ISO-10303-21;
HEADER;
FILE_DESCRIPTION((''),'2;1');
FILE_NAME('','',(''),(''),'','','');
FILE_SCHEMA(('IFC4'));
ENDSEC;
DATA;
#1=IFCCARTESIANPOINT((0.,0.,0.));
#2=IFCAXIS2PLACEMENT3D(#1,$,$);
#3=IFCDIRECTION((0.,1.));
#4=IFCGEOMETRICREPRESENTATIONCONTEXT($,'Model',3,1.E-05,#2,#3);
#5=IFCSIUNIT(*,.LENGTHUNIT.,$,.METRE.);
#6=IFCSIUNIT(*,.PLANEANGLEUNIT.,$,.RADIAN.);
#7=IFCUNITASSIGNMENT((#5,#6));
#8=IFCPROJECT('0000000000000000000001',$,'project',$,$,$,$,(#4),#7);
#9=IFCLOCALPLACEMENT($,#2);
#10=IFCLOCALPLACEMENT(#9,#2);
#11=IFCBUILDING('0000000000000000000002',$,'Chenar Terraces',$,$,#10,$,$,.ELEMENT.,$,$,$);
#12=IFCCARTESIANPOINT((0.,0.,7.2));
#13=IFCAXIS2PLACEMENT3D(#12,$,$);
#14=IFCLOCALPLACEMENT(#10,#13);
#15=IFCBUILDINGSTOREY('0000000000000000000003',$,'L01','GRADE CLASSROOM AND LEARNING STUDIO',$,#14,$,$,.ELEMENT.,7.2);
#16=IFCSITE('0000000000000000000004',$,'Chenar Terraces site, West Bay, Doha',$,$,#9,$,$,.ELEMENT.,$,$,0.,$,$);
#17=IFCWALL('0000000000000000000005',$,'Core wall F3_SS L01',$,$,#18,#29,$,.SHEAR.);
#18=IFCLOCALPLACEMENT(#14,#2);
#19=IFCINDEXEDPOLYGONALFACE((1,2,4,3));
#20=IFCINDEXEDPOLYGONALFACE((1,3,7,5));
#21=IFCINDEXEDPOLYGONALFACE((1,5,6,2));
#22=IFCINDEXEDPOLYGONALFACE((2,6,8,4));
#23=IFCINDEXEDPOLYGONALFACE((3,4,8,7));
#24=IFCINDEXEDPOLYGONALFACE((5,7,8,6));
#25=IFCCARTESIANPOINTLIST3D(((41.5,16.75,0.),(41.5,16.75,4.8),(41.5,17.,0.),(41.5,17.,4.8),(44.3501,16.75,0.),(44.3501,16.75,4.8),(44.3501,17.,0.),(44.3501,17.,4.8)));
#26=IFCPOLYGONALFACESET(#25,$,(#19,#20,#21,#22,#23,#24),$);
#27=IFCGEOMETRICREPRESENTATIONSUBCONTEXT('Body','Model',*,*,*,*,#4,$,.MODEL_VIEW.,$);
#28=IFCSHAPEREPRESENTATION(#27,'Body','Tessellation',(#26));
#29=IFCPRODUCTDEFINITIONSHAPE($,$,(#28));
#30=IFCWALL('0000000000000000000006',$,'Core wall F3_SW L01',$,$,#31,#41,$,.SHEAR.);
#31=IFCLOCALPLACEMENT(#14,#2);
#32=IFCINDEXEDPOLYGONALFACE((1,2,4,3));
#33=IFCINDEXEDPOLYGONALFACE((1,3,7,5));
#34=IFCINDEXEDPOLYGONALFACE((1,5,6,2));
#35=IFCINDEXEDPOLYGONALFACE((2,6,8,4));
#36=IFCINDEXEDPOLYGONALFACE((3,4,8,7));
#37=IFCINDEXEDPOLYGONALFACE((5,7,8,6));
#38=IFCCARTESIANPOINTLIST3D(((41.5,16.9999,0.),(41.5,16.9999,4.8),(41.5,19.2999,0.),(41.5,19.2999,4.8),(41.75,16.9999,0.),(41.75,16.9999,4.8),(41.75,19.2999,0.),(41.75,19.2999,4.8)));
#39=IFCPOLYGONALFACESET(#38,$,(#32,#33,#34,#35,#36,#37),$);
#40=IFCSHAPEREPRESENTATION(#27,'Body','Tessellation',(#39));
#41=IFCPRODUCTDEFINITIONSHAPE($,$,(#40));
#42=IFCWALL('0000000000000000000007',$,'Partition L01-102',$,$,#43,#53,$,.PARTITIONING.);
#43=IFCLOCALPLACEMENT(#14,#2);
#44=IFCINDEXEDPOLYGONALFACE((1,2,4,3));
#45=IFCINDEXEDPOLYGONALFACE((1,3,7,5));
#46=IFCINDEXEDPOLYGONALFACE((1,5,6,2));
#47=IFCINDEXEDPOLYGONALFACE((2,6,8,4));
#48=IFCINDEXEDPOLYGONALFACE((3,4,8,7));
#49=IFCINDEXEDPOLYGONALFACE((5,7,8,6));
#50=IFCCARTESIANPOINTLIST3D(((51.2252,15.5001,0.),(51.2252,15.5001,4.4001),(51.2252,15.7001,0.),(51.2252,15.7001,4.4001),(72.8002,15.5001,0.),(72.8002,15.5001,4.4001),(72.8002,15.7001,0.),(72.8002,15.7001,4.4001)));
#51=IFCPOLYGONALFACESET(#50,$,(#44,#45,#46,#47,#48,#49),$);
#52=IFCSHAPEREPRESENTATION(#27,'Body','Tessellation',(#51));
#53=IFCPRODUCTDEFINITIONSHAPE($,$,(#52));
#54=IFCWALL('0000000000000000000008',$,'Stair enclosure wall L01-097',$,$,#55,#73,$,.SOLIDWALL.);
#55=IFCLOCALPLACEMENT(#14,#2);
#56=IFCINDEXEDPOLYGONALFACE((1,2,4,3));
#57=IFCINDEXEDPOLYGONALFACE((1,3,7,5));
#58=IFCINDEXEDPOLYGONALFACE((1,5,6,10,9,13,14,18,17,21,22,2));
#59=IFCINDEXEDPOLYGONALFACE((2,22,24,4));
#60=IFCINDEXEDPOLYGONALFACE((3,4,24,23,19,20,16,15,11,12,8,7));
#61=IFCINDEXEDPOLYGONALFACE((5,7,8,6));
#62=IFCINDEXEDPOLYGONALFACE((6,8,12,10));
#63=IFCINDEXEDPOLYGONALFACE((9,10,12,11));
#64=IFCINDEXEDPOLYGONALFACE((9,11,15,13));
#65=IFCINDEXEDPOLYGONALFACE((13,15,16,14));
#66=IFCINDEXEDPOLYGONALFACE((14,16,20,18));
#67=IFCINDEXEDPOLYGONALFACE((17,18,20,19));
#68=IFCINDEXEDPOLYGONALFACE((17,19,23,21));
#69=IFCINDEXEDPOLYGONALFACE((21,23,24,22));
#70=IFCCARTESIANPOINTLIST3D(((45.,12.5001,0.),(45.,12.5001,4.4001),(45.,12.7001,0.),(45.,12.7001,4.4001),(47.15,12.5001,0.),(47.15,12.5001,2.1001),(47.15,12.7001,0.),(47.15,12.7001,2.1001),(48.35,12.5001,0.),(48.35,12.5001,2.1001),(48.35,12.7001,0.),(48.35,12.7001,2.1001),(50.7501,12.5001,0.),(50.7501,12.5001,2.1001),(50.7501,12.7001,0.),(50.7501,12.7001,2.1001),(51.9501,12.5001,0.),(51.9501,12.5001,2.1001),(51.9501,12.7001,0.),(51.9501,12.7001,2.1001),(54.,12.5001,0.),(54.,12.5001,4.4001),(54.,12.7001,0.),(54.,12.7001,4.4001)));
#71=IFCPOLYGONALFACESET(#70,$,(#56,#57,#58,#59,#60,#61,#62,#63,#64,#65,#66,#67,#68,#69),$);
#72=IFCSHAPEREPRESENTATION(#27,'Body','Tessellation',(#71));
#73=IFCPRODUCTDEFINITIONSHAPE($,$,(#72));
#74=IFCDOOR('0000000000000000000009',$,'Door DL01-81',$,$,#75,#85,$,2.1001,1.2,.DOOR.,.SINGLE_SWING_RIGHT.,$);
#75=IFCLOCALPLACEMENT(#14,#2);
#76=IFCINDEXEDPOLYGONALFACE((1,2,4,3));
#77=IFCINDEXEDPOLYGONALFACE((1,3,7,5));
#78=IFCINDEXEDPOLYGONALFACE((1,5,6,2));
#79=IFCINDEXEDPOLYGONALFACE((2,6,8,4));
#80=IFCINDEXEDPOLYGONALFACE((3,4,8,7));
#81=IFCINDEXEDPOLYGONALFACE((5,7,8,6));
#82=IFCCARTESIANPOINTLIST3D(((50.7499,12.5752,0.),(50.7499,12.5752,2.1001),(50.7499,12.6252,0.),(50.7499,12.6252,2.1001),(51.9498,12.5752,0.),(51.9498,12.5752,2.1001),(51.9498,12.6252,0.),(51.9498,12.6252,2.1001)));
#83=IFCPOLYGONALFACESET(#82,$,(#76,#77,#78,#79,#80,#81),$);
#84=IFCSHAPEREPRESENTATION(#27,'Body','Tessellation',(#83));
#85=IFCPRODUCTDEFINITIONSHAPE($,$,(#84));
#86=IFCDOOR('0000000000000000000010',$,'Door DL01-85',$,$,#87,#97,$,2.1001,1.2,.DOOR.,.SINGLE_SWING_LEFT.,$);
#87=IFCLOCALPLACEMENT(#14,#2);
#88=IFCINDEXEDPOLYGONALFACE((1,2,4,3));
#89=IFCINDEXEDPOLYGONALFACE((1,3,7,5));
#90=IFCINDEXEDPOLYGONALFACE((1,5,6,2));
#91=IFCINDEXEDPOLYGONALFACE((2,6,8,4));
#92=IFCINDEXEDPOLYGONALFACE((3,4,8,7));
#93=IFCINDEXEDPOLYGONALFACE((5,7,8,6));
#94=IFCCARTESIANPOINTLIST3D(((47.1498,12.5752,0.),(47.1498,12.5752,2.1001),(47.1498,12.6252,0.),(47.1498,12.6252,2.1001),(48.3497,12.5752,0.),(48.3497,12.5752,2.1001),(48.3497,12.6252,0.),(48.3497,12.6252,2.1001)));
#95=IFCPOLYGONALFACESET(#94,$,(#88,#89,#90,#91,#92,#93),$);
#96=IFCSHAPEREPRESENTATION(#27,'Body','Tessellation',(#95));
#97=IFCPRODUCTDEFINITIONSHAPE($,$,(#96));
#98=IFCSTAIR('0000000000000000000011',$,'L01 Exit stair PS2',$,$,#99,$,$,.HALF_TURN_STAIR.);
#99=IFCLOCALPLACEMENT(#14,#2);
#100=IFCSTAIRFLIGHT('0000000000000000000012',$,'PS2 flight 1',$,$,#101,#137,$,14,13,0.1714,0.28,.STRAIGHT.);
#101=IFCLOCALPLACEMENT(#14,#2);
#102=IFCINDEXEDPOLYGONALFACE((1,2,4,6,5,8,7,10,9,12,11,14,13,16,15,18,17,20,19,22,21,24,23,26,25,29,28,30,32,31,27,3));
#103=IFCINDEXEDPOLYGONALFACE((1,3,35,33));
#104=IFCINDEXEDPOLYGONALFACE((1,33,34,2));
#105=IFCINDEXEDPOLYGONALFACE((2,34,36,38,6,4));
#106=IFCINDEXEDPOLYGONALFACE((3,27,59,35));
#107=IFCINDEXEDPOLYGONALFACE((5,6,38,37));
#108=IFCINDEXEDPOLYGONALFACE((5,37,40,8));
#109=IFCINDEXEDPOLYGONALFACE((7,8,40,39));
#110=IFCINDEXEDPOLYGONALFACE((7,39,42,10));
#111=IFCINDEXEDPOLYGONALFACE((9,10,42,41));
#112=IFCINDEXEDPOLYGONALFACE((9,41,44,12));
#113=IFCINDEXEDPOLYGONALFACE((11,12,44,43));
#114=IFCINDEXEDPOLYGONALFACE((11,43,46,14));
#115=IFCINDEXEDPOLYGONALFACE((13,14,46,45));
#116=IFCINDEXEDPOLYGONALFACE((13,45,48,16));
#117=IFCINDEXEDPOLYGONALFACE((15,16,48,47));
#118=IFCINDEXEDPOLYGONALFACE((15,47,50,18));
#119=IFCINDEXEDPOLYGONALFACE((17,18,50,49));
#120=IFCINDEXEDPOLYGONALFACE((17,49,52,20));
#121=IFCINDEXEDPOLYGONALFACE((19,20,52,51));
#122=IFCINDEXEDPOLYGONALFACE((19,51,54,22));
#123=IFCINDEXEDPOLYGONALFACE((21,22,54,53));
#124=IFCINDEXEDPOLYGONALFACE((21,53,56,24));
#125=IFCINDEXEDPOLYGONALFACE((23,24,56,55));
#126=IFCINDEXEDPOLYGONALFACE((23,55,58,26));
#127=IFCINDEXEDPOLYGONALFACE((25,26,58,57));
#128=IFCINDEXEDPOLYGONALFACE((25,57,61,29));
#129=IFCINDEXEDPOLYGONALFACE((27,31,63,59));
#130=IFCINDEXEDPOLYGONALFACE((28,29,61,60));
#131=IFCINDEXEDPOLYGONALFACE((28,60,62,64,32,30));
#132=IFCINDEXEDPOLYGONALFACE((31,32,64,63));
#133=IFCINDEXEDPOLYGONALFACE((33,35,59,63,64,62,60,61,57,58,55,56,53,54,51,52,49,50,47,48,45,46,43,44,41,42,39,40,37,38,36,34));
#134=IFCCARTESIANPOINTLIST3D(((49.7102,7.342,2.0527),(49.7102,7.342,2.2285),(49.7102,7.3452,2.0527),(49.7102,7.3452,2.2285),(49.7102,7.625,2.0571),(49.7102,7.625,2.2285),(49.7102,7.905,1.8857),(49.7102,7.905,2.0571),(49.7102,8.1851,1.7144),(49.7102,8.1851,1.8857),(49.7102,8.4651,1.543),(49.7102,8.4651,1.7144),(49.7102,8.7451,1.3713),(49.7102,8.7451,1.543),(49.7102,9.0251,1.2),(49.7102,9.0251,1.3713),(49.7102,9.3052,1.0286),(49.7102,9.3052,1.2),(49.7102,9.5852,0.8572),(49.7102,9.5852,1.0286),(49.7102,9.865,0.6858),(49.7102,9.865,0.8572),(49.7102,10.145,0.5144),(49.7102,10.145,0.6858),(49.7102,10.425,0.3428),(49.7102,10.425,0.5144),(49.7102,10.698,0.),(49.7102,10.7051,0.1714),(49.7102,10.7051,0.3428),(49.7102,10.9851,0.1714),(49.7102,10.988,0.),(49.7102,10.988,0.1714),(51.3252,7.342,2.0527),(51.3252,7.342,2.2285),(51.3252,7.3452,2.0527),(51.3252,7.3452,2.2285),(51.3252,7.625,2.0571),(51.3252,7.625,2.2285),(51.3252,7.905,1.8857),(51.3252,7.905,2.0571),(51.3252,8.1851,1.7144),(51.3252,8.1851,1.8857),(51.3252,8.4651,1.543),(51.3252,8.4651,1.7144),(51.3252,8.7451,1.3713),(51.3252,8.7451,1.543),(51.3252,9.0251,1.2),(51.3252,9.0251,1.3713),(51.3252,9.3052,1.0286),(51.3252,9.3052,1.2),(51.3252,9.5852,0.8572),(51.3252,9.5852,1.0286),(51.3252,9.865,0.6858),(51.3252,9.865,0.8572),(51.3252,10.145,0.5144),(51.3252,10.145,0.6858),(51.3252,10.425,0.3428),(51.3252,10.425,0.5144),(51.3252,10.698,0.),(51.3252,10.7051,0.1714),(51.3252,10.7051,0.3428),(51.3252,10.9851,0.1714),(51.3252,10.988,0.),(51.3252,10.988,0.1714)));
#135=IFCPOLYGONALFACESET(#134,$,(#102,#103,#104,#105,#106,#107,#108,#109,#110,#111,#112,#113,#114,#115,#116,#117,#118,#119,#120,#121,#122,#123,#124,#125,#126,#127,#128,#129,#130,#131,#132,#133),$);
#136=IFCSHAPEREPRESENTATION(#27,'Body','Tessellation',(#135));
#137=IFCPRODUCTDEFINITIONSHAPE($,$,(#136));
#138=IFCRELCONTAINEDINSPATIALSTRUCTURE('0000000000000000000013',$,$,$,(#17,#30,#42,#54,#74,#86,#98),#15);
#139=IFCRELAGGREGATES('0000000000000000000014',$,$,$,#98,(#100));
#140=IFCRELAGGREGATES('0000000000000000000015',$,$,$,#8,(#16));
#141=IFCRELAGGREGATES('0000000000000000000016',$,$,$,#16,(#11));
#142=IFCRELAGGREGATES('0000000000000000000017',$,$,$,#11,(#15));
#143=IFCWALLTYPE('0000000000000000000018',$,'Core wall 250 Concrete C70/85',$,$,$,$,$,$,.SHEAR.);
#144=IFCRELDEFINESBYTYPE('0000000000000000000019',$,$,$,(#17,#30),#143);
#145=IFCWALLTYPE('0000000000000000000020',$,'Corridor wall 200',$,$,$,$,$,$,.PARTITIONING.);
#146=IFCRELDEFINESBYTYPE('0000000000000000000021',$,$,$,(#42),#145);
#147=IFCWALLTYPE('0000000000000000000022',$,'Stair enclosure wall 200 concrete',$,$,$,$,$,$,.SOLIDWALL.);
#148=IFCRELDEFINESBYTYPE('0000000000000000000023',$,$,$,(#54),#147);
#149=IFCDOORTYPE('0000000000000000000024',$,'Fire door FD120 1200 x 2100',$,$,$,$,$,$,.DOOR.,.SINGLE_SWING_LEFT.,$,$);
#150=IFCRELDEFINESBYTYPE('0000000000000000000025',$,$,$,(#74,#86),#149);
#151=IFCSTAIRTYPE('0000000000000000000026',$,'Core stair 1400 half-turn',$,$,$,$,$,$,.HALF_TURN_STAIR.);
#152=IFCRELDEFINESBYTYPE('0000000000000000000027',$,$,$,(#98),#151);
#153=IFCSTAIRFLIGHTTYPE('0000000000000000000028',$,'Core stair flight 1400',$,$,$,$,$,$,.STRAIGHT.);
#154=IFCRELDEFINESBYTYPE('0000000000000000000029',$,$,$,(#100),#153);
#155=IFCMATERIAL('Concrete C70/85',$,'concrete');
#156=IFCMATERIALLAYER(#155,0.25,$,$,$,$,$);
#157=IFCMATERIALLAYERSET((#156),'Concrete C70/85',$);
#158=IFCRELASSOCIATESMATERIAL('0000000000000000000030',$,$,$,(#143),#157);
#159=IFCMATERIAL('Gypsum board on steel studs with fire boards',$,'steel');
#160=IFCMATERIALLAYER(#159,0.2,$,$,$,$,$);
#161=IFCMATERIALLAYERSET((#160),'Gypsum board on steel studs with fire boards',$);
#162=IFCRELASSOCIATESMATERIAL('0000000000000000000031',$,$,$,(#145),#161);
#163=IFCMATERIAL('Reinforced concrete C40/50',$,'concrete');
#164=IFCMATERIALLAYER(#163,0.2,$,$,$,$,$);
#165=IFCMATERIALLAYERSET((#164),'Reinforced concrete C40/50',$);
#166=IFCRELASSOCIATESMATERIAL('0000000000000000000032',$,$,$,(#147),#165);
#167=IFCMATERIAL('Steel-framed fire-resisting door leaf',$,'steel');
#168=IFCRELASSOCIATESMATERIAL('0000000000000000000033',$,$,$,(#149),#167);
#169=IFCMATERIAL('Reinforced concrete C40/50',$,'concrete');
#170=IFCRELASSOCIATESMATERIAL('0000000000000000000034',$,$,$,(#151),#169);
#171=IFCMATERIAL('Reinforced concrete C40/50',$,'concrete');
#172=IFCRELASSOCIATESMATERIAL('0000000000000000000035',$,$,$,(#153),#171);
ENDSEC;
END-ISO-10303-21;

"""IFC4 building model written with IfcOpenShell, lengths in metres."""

from ifc_helpers import new_model, si_unit, direction, frame, frame_2d, origin, place, context, subcontext, project, spatial, polyline, rectangle, outline, extrude, material, layer, layer_set, type_object, element, fill, aggregate, save


model = new_model("IFC4")

# Units and contexts
model_context = context("Model", 3, precision=1e-05, world=origin(), true_north=direction((0.0, 1.0)))
body_context = subcontext(model_context, "Body", "Model", "MODEL_VIEW")
ifc_project = project(units=[si_unit("LENGTHUNIT", "METRE"), si_unit("PLANEANGLEUNIT", "RADIAN")], contexts=[model_context])

# Site, building, storey
site_placement = place(None, origin())
site = spatial("IfcSite", under=ifc_project, at=site_placement, Name="Chenar Terraces site, West Bay, Doha", CompositionType="ELEMENT", RefElevation=0.0)
building_placement = place(site_placement, origin())
building = spatial("IfcBuilding", under=site, at=building_placement, Name="Chenar Terraces", CompositionType="ELEMENT")
storey_placement = place(building_placement, frame((0.0, 0.0, 7.2)))
storey = spatial("IfcBuildingStorey", under=building, at=storey_placement, Name="L01", Description="GRADE CLASSROOM AND LEARNING STUDIO", CompositionType="ELEMENT", Elevation=7.2)

# Shared definitions
ifc_material_1 = material(Name="Concrete C70/85", Category="concrete")
ifc_layer_1 = layer(ifc_material_1, 0.25)
ifc_layer_set_1 = layer_set([ifc_layer_1], Name="Concrete C70/85")
wall_type_1 = type_object("IfcWallType", Name="Core wall 250 Concrete C70/85", PredefinedType="SHEAR", material=ifc_layer_set_1)

# Walls
wall_1_placement = place(storey_placement, frame((41.5, 16.875, 0.0), z_axis=(0.0, 0.0, 1.0), x_axis=(1.0, 0.0, 0.0)))
element("IfcWall", 1, at=wall_1_placement, inside=storey, type_object=wall_type_1, Name="Core wall F3_SS L01", PredefinedType="SHEAR", context=body_context, shape_type="SweptSolid", body=[
    extrude(rectangle(XDim=2.8501, YDim=0.25, at=frame_2d((1.425, 0.0))), origin(), (0.0, 0.0, 1.0), 4.8),
])
wall_2_placement = place(storey_placement, frame((41.625, 17.0, 0.0), z_axis=(0.0, 0.0, 1.0), x_axis=(0.0, 1.0, 0.0)))
element("IfcWall", 2, at=wall_2_placement, inside=storey, type_object=wall_type_1, Name="Core wall F3_SW L01", PredefinedType="SHEAR", context=body_context, shape_type="SweptSolid", body=[
    extrude(rectangle(XDim=2.3, YDim=0.25, at=frame_2d((1.1499, 0.0))), origin(), (0.0, 0.0, 1.0), 4.8),
])
ifc_material_2 = material(Name="Gypsum board on steel studs with fire boards", Category="steel")
ifc_layer_2 = layer(ifc_material_2, 0.2)
ifc_layer_set_2 = layer_set([ifc_layer_2], Name="Gypsum board on steel studs with fire boards")
wall_type_2 = type_object("IfcWallType", Name="Corridor wall 200", PredefinedType="PARTITIONING", material=ifc_layer_set_2)
wall_3_placement = place(storey_placement, frame((51.2251, 15.6001, 0.0), z_axis=(0.0, 0.0, 1.0), x_axis=(1.0, 0.0, 0.0)))
element("IfcWall", 3, at=wall_3_placement, inside=storey, type_object=wall_type_2, Name="Partition L01-102", PredefinedType="PARTITIONING", context=body_context, shape_type="SweptSolid", body=[
    extrude(rectangle(XDim=21.575, YDim=0.2, at=frame_2d((10.7876, 0.0))), origin(), (0.0, 0.0, 1.0), 4.4001),
])

# Wall, openings, doors
ifc_material_3 = material(Name="Reinforced concrete C40/50", Category="concrete")
ifc_layer_3 = layer(ifc_material_3, 0.2)
ifc_layer_set_3 = layer_set([ifc_layer_3], Name="Reinforced concrete C40/50")
wall_type_3 = type_object("IfcWallType", Name="Stair enclosure wall 200 concrete", PredefinedType="SOLIDWALL", material=ifc_layer_set_3)
wall_4_placement = place(storey_placement, frame((45.0, 12.6001, 0.0), z_axis=(0.0, 0.0, 1.0), x_axis=(1.0, 0.0, 0.0)))
wall_4 = element("IfcWall", 4, at=wall_4_placement, inside=storey, type_object=wall_type_3, Name="Stair enclosure wall L01-097", PredefinedType="SOLIDWALL", context=body_context, shape_type="SweptSolid", body=[
    extrude(rectangle(XDim=9.0, YDim=0.2, at=frame_2d((4.5, 0.0))), origin(), (0.0, 0.0, 1.0), 4.4001),
])
opening_1_placement = place(wall_4_placement, frame((5.75, 0.0, 0.0)))
opening_1 = element("IfcOpeningElement", 5, at=opening_1_placement, cuts=wall_4, PredefinedType="OPENING", context=body_context, shape_type="SweptSolid", body=[
    extrude(rectangle(XDim=1.2, YDim=2.1001, at=frame_2d((0.6001, 1.05))), frame((0.0, 0.1099, 0.0), z_axis=(0.0, -1.0, 0.0), x_axis=(1.0, 0.0, 0.0)), (0.0, 0.0, 1.0), 0.22),
])
opening_2_placement = place(wall_4_placement, frame((2.1499, 0.0, 0.0)))
opening_2 = element("IfcOpeningElement", 6, at=opening_2_placement, cuts=wall_4, PredefinedType="OPENING", context=body_context, shape_type="SweptSolid", body=[
    extrude(rectangle(XDim=1.2, YDim=2.1001, at=frame_2d((0.6001, 1.05))), frame((0.0, 0.1099, 0.0), z_axis=(0.0, -1.0, 0.0), x_axis=(1.0, 0.0, 0.0)), (0.0, 0.0, 1.0), 0.22),
])
ifc_material_4 = material(Name="Steel-framed fire-resisting door leaf", Category="steel")
door_type_1 = type_object("IfcDoorType", Name="Fire door FD120 1200 x 2100", OperationType="SINGLE_SWING_LEFT", PredefinedType="DOOR", material=ifc_material_4)
door_1_placement = place(opening_1_placement, frame((1.2, 0.0, 0.0), z_axis=(0.0, 0.0, 1.0), x_axis=(-1.0, 0.0, 0.0)))
door_1 = element("IfcDoor", 7, at=door_1_placement, inside=storey, type_object=door_type_1, Name="Door DL01-81", OperationType="SINGLE_SWING_RIGHT", OverallHeight=2.1001, OverallWidth=1.2, PredefinedType="DOOR", context=body_context, shape_type="SweptSolid", body=[
    extrude(rectangle(XDim=1.2, YDim=2.1001, at=frame_2d((0.6001, 1.05))), frame((0.0, 0.0249, 0.0), z_axis=(0.0, -1.0, 0.0), x_axis=(1.0, 0.0, 0.0)), (0.0, 0.0, 1.0), 0.05),
])
fill(opening_1, door_1)
door_2_placement = place(opening_2_placement, frame((1.2, 0.0, 0.0), z_axis=(0.0, 0.0, 1.0), x_axis=(-1.0, 0.0, 0.0)))
door_2 = element("IfcDoor", 8, at=door_2_placement, inside=storey, type_object=door_type_1, Name="Door DL01-85", OperationType="SINGLE_SWING_LEFT", OverallHeight=2.1001, OverallWidth=1.2, PredefinedType="DOOR", context=body_context, shape_type="SweptSolid", body=[
    extrude(rectangle(XDim=1.2, YDim=2.1001, at=frame_2d((0.6001, 1.05))), frame((0.0, 0.0249, 0.0), z_axis=(0.0, -1.0, 0.0), x_axis=(1.0, 0.0, 0.0)), (0.0, 0.0, 1.0), 0.05),
])
fill(opening_2, door_2)

# Stair, stair flight
ifc_material_5 = material(Name="Reinforced concrete C40/50", Category="concrete")
stair_type = type_object("IfcStairType", Name="Core stair 1400 half-turn", PredefinedType="HALF_TURN_STAIR", material=ifc_material_5)
placement = place(storey_placement, origin())
stair_1 = element("IfcStair", 9, at=placement, inside=storey, type_object=stair_type, Name="L01 Exit stair PS2", PredefinedType="HALF_TURN_STAIR")
ifc_material_6 = material(Name="Reinforced concrete C40/50", Category="concrete")
stair_flight_type = type_object("IfcStairFlightType", Name="Core stair flight 1400", PredefinedType="STRAIGHT", material=ifc_material_6)
stair_flight_1_placement = place(storey_placement, frame((50.5176, 10.9851, 0.0), z_axis=(0.0, 0.0, 1.0), x_axis=(0.0, -1.0, 0.0)))
stair_flight_1 = element("IfcStairFlight", 10, at=stair_flight_1_placement, type_object=stair_flight_type, Name="PS2 flight 1", NumberOfRisers=14, NumberOfTreads=13, PredefinedType="STRAIGHT", RiserHeight=0.1714, TreadLength=0.28, context=body_context, shape_type="SweptSolid", body=[
    extrude(outline(polyline([(-0.0029, 0.0), (-0.0029, 0.1714), (0.0, 0.1714), (0.28, 0.1714), (0.28, 0.3428), (0.5601, 0.3428), (0.5601, 0.5144), (0.8401, 0.5144), (0.8401, 0.6858), (1.1201, 0.6858), (1.1201, 0.8572), (1.3999, 0.8572), (1.3999, 1.0286), (1.6799, 1.0286), (1.6799, 1.2), (1.96, 1.2), (1.96, 1.3713), (2.24, 1.3713), (2.24, 1.543), (2.52, 1.543), (2.52, 1.7144), (2.8, 1.7144), (2.8, 1.8857), (3.0801, 1.8857), (3.0801, 2.0571), (3.3601, 2.0571), (3.3601, 2.2285), (3.6399, 2.2285), (3.6431, 2.2285), (3.6431, 2.0527), (3.6399, 2.0527), (0.2871, 0.0), (-0.0029, 0.0)])), frame((0.0, 0.8076, 0.0), z_axis=(0.0, -1.0, 0.0), x_axis=(1.0, 0.0, 0.0)), (0.0, 0.0, 1.0), 1.615),
])
aggregate(stair_1, [stair_flight_1])

save(model, "model.ifc")
